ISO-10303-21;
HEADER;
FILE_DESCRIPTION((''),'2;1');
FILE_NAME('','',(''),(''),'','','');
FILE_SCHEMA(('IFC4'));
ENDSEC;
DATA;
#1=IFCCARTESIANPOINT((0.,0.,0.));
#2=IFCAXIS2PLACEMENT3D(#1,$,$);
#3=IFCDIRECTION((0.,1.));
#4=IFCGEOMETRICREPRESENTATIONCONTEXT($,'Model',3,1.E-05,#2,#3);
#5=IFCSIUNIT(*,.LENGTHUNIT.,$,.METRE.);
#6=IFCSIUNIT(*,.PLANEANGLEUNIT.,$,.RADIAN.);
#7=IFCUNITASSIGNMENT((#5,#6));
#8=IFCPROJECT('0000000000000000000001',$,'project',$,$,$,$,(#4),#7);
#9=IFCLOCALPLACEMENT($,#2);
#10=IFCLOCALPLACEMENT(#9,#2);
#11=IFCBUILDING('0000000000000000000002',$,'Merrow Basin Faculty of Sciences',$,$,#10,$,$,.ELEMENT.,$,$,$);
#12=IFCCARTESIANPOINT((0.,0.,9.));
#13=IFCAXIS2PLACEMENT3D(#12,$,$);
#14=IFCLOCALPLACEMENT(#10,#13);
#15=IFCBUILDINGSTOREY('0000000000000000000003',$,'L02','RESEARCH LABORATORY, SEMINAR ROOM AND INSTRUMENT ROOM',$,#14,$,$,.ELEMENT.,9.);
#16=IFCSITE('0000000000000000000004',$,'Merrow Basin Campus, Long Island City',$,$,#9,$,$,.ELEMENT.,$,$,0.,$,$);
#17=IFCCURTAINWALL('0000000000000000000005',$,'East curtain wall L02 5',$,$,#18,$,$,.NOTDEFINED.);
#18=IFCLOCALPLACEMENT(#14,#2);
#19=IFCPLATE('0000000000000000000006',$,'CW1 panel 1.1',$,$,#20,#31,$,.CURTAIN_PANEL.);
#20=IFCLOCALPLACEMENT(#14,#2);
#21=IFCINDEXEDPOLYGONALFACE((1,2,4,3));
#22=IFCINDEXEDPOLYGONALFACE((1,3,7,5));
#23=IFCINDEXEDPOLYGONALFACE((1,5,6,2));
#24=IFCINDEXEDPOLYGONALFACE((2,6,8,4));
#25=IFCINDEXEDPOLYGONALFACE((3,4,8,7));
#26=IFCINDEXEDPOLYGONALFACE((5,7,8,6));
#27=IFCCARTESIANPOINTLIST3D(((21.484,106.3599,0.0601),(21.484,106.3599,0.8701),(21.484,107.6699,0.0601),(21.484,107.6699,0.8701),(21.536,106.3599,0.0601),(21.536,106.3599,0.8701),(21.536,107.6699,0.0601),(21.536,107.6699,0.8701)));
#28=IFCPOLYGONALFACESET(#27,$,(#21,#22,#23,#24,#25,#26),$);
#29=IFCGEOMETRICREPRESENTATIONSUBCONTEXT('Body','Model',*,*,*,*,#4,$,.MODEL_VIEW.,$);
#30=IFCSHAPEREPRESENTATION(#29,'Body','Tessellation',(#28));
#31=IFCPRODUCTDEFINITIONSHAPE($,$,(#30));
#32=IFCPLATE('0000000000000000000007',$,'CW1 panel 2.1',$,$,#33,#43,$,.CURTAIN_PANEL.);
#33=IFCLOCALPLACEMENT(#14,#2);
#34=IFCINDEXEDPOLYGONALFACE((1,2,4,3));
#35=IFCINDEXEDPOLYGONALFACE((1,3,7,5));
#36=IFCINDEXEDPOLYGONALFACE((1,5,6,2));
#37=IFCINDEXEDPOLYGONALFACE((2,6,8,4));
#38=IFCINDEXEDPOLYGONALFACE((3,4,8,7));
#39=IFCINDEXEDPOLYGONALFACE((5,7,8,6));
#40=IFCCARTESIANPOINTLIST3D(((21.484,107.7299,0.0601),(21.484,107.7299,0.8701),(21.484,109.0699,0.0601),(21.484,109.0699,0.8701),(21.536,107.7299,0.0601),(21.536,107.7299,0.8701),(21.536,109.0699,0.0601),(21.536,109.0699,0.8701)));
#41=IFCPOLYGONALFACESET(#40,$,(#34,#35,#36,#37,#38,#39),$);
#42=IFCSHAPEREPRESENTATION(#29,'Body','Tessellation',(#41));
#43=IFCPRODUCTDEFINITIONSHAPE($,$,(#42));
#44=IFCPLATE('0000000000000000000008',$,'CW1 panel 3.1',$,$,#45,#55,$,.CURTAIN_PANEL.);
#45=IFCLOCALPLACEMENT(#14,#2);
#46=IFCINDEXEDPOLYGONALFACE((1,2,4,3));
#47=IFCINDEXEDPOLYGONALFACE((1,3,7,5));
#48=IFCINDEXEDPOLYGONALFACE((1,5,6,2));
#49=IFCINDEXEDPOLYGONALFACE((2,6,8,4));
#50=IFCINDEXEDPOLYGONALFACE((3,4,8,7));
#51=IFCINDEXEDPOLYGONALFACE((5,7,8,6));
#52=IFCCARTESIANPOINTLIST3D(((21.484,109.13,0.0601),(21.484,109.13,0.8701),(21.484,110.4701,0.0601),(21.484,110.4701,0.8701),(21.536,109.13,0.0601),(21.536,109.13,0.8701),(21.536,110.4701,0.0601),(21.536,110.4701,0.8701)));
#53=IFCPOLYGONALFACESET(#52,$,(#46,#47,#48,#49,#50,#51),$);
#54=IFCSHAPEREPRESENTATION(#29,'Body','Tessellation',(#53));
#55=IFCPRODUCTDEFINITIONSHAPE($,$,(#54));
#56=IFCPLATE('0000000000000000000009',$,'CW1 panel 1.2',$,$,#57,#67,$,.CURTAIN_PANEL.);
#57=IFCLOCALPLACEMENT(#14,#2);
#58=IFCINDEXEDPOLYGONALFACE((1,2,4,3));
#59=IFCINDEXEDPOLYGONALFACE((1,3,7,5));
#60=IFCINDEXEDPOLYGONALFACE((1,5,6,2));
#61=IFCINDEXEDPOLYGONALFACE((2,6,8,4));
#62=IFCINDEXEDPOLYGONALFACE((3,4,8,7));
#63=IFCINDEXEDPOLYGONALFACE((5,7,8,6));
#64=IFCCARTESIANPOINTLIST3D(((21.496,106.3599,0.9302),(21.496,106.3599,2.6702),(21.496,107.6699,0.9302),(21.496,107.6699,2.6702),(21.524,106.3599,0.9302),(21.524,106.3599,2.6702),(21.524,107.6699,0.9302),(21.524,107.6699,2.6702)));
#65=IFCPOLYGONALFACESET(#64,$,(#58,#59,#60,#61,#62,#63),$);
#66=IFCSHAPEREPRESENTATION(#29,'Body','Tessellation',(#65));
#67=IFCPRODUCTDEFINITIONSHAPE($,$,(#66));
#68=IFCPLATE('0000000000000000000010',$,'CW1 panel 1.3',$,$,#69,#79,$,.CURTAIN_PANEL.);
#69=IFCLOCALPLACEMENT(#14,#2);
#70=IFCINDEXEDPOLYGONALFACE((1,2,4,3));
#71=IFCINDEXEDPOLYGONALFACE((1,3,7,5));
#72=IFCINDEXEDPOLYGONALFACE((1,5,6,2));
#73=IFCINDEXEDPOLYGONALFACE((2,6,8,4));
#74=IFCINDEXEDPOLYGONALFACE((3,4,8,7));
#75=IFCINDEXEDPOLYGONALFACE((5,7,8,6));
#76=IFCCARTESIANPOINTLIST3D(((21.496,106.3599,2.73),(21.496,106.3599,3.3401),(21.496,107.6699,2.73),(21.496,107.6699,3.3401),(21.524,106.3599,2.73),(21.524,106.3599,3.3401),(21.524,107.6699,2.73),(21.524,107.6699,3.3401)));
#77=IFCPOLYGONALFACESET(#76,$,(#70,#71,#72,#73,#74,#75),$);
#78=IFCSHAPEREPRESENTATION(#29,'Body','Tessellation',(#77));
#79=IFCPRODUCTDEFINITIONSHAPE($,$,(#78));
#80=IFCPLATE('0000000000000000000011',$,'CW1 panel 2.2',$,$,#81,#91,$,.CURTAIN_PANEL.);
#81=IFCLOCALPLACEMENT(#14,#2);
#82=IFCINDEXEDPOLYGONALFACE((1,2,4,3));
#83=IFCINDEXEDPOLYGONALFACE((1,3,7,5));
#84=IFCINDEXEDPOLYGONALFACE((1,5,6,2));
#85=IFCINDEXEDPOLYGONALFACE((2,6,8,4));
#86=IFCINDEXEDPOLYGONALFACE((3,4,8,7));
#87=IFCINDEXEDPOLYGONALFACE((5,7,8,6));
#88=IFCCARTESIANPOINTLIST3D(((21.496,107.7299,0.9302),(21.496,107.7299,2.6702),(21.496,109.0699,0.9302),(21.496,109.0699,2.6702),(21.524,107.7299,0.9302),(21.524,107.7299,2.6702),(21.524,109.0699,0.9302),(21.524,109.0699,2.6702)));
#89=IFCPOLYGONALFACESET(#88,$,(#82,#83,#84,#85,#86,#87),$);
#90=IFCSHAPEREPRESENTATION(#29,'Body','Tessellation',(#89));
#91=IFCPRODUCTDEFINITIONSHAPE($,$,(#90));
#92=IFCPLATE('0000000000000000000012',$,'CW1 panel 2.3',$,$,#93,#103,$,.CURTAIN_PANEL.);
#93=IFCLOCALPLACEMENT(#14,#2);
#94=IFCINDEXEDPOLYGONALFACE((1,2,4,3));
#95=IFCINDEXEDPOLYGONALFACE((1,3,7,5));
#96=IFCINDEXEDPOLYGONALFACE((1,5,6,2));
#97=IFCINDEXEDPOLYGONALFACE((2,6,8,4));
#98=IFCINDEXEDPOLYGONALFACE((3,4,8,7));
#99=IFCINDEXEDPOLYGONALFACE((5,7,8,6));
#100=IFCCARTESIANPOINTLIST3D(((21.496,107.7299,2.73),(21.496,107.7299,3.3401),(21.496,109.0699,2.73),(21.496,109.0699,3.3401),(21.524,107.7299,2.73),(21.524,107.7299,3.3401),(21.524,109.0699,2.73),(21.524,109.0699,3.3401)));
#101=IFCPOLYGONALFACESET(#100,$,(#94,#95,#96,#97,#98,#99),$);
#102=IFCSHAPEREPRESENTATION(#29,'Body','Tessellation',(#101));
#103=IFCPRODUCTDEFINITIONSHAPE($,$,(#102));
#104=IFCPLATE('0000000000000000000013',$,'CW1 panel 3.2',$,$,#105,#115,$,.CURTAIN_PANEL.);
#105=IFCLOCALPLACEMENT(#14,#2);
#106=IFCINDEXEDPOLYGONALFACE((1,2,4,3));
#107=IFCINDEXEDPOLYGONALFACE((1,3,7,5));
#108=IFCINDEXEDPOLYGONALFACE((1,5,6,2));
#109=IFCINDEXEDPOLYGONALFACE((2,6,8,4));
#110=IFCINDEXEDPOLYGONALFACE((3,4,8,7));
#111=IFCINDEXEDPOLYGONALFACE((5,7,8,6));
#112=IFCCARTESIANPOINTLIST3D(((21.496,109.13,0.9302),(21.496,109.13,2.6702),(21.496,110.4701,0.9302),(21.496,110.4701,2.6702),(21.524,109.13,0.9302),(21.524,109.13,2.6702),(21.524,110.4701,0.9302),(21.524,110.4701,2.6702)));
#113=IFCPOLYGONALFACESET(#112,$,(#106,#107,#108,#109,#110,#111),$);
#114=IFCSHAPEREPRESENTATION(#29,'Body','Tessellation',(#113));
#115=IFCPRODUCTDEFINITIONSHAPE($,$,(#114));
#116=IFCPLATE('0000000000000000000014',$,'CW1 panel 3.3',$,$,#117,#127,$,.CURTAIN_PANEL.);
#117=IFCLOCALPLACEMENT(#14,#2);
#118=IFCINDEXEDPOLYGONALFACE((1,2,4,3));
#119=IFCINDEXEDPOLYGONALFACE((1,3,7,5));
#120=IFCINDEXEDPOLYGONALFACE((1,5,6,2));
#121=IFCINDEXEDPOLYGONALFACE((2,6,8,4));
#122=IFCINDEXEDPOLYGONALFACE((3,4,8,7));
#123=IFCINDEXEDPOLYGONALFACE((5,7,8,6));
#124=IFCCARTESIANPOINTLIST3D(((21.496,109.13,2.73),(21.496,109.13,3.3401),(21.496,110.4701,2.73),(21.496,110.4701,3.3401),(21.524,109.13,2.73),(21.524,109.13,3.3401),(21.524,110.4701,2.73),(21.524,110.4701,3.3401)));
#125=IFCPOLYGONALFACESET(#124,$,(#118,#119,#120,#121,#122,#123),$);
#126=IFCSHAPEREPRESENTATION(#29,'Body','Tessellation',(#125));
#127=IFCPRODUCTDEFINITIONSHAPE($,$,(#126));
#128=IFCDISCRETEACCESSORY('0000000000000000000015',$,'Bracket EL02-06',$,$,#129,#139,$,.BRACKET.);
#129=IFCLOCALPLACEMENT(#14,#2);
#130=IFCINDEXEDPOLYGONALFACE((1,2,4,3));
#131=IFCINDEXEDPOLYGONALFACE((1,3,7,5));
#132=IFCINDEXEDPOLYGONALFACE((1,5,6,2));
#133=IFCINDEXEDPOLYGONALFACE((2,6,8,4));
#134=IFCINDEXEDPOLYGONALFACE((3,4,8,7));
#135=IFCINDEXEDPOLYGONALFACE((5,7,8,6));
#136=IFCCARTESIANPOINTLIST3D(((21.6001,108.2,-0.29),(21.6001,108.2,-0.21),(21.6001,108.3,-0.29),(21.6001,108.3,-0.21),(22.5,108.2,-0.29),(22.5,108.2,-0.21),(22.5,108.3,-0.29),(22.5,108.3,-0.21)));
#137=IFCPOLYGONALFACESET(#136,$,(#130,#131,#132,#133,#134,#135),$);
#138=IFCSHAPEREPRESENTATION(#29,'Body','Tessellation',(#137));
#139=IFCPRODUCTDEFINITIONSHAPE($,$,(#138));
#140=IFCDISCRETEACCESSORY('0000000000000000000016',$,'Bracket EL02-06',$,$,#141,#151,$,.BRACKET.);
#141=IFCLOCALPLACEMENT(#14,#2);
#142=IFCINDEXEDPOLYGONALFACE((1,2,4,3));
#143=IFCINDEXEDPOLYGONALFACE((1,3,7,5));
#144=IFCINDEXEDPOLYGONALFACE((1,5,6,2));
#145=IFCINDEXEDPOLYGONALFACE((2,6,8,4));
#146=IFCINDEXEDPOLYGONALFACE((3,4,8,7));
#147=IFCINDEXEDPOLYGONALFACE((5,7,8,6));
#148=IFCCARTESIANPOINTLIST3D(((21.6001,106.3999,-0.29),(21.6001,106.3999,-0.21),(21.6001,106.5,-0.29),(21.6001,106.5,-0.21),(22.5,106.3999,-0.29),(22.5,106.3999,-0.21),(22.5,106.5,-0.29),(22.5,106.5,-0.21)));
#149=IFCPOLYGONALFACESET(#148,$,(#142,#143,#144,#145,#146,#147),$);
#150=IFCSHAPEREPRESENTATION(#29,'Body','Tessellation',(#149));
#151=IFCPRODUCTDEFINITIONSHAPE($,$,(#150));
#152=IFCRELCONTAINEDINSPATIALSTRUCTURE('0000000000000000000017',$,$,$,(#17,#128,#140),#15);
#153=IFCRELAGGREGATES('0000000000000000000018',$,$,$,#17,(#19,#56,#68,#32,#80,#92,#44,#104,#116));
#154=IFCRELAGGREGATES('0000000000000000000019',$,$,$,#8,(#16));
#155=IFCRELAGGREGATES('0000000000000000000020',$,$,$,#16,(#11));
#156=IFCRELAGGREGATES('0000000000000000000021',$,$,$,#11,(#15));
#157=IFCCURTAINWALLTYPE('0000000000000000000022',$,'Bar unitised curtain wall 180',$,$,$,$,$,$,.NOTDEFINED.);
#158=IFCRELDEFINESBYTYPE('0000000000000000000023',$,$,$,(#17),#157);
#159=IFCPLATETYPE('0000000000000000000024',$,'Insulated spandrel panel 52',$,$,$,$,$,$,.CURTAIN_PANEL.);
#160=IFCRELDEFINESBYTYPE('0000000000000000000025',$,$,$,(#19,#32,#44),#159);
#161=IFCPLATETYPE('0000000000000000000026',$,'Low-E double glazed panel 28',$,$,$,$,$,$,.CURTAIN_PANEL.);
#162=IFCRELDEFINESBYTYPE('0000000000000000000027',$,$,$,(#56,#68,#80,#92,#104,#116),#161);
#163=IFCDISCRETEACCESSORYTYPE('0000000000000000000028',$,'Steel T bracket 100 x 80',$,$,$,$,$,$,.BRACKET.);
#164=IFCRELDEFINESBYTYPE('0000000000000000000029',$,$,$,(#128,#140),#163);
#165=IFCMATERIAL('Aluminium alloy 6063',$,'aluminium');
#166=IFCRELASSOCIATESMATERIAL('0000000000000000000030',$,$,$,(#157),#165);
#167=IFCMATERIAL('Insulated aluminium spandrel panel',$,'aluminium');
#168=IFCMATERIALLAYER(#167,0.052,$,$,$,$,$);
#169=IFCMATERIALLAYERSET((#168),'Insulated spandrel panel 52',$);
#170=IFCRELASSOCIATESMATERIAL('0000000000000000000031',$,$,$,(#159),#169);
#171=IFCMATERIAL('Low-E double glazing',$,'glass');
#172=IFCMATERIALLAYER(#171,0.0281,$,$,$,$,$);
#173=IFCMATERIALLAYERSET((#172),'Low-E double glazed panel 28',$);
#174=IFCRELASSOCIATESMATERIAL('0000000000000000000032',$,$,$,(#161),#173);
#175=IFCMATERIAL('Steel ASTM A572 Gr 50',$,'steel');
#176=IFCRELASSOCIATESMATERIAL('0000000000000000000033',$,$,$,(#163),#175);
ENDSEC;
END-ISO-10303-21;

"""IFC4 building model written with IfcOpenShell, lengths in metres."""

from ifc_helpers import new_model, si_unit, direction, frame, origin, origin_2d, place, context, subcontext, project, spatial, polyline, rectangle, outline, extrude, source, transform, mapped, material, layer, layer_set, type_object, element, aggregate, save


model = new_model("IFC4")

# Units and contexts
model_context = context("Model", 3, precision=1e-05, world=origin(), true_north=direction((0.0, 1.0)))
body_context = subcontext(model_context, "Body", "Model", "MODEL_VIEW")
ifc_project = project(units=[si_unit("LENGTHUNIT", "METRE"), si_unit("PLANEANGLEUNIT", "RADIAN")], contexts=[model_context])

# Site, building, storey
site_placement = place(None, origin())
site = spatial("IfcSite", under=ifc_project, at=site_placement, Name="Merrow Basin Campus, Long Island City", CompositionType="ELEMENT", RefElevation=0.0)
building_placement = place(site_placement, origin())
building = spatial("IfcBuilding", under=site, at=building_placement, Name="Merrow Basin Faculty of Sciences", CompositionType="ELEMENT")
storey_placement = place(building_placement, frame((0.0, 0.0, 9.0)))
storey = spatial("IfcBuildingStorey", under=building, at=storey_placement, Name="L02", Description="RESEARCH LABORATORY, SEMINAR ROOM AND INSTRUMENT ROOM", CompositionType="ELEMENT", Elevation=9.0)

# Curtain wall, plates
ifc_material_1 = material(Name="Aluminium alloy 6063", Category="aluminium")
curtain_wall_type = type_object("IfcCurtainWallType", Name="Bar unitised curtain wall 180", PredefinedType="NOTDEFINED", material=ifc_material_1)
curtain_wall_placement = place(storey_placement, origin())
curtain_wall = element("IfcCurtainWall", 1, at=curtain_wall_placement, inside=storey, type_object=curtain_wall_type, Name="East curtain wall L02 5", PredefinedType="NOTDEFINED")
ifc_material_2 = material(Name="Insulated aluminium spandrel panel", Category="aluminium")
ifc_layer_1 = layer(ifc_material_2, 0.052)
ifc_layer_set_1 = layer_set([ifc_layer_1], Name="Insulated spandrel panel 52")
plate_type_1 = type_object("IfcPlateType", Name="Insulated spandrel panel 52", PredefinedType="CURTAIN_PANEL", material=ifc_layer_set_1)
plate_1_placement = place(storey_placement, frame((21.51, 107.0149, 0.0601), z_axis=(0.0, 0.0, 1.0), x_axis=(0.0, 1.0, 0.0)))
plate_1 = element("IfcPlate", 2, at=plate_1_placement, type_object=plate_type_1, Name="CW1 panel 1.1", PredefinedType="CURTAIN_PANEL", context=body_context, shape_type="SweptSolid", body=[
    extrude(rectangle(XDim=1.3101, YDim=0.052, at=origin_2d()), origin(), (0.0, 0.0, 1.0), 0.8101),
])
plate_2_placement = place(storey_placement, frame((21.51, 108.3999, 0.0601), z_axis=(0.0, 0.0, 1.0), x_axis=(0.0, 1.0, 0.0)))
plate_2 = element("IfcPlate", 3, at=plate_2_placement, type_object=plate_type_1, Name="CW1 panel 2.1", PredefinedType="CURTAIN_PANEL", context=body_context, shape_type="SweptSolid", body=[
    extrude(rectangle(XDim=1.3401, YDim=0.052, at=origin_2d()), origin(), (0.0, 0.0, 1.0), 0.8101),
])
plate_3_placement = place(storey_placement, frame((21.51, 109.8, 0.0601), z_axis=(0.0, 0.0, 1.0), x_axis=(0.0, 1.0, 0.0)))
plate_3 = element("IfcPlate", 4, at=plate_3_placement, type_object=plate_type_1, Name="CW1 panel 3.1", PredefinedType="CURTAIN_PANEL", context=body_context, shape_type="SweptSolid", body=[
    extrude(rectangle(XDim=1.3401, YDim=0.052, at=origin_2d()), origin(), (0.0, 0.0, 1.0), 0.8101),
])
ifc_material_3 = material(Name="Low-E double glazing", Category="glass")
ifc_layer_2 = layer(ifc_material_3, 0.0281)
ifc_layer_set_2 = layer_set([ifc_layer_2], Name="Low-E double glazed panel 28")
plate_type_2 = type_object("IfcPlateType", Name="Low-E double glazed panel 28", PredefinedType="CURTAIN_PANEL", material=ifc_layer_set_2)
plate_4_placement = place(storey_placement, frame((21.51, 107.0149, 0.9302), z_axis=(0.0, 0.0, 1.0), x_axis=(0.0, 1.0, 0.0)))
plate_4 = element("IfcPlate", 5, at=plate_4_placement, type_object=plate_type_2, Name="CW1 panel 1.2", PredefinedType="CURTAIN_PANEL", context=body_context, shape_type="SweptSolid", body=[
    extrude(rectangle(XDim=1.3101, YDim=0.0281, at=origin_2d()), origin(), (0.0, 0.0, 1.0), 1.74),
])
plate_5_placement = place(storey_placement, frame((21.51, 107.0149, 2.73), z_axis=(0.0, 0.0, 1.0), x_axis=(0.0, 1.0, 0.0)))
plate_5 = element("IfcPlate", 6, at=plate_5_placement, type_object=plate_type_2, Name="CW1 panel 1.3", PredefinedType="CURTAIN_PANEL", context=body_context, shape_type="SweptSolid", body=[
    extrude(rectangle(XDim=1.3101, YDim=0.0281, at=origin_2d()), origin(), (0.0, 0.0, 1.0), 0.6101),
])
plate_6_placement = place(storey_placement, frame((21.51, 108.3999, 0.9302), z_axis=(0.0, 0.0, 1.0), x_axis=(0.0, 1.0, 0.0)))
plate_6 = element("IfcPlate", 7, at=plate_6_placement, type_object=plate_type_2, Name="CW1 panel 2.2", PredefinedType="CURTAIN_PANEL", context=body_context, shape_type="SweptSolid", body=[
    extrude(rectangle(XDim=1.3401, YDim=0.0281, at=origin_2d()), origin(), (0.0, 0.0, 1.0), 1.74),
])
plate_7_placement = place(storey_placement, frame((21.51, 108.3999, 2.73), z_axis=(0.0, 0.0, 1.0), x_axis=(0.0, 1.0, 0.0)))
plate_7 = element("IfcPlate", 8, at=plate_7_placement, type_object=plate_type_2, Name="CW1 panel 2.3", PredefinedType="CURTAIN_PANEL", context=body_context, shape_type="SweptSolid", body=[
    extrude(rectangle(XDim=1.3401, YDim=0.0281, at=origin_2d()), origin(), (0.0, 0.0, 1.0), 0.6101),
])
plate_8_placement = place(storey_placement, frame((21.51, 109.8, 0.9302), z_axis=(0.0, 0.0, 1.0), x_axis=(0.0, 1.0, 0.0)))
plate_8 = element("IfcPlate", 9, at=plate_8_placement, type_object=plate_type_2, Name="CW1 panel 3.2", PredefinedType="CURTAIN_PANEL", context=body_context, shape_type="SweptSolid", body=[
    extrude(rectangle(XDim=1.3401, YDim=0.0281, at=origin_2d()), origin(), (0.0, 0.0, 1.0), 1.74),
])
plate_9_placement = place(storey_placement, frame((21.51, 109.8, 2.73), z_axis=(0.0, 0.0, 1.0), x_axis=(0.0, 1.0, 0.0)))
plate_9 = element("IfcPlate", 10, at=plate_9_placement, type_object=plate_type_2, Name="CW1 panel 3.3", PredefinedType="CURTAIN_PANEL", context=body_context, shape_type="SweptSolid", body=[
    extrude(rectangle(XDim=1.3401, YDim=0.0281, at=origin_2d()), origin(), (0.0, 0.0, 1.0), 0.6101),
])
aggregate(curtain_wall, [plate_1, plate_4, plate_5, plate_2, plate_6, plate_7, plate_3, plate_8, plate_9])

# Discrete accessories
ifc_material_4 = material(Name="Steel ASTM A572 Gr 50", Category="steel")
discrete_accessory_type = type_object("IfcDiscreteAccessoryType", Name="Steel T bracket 100 x 80", PredefinedType="BRACKET", material=ifc_material_4)
shared_shape = source(origin(), body_context, "Body", "SweptSolid", [
    extrude(outline(polyline([(0.0, 0.0), (0.1001, 0.0), (0.1001, 0.0801), (0.0, 0.0801), (0.0, 0.0)])), origin(), (0.0, 0.0, 1.0), 0.8999),
])
for number, where, z_axis, x_axis, name in (
    (11, (22.5, 108.3, -0.29), (-1.0, 0.0, 0.0), (0.0, -1.0, 0.0), "Bracket EL02-06"),
    (12, (22.5, 106.5, -0.29), (-1.0, 0.0, 0.0), (0.0, -1.0, 0.0), "Bracket EL02-06"),
):
    element("IfcDiscreteAccessory", number, at=place(storey_placement, frame(where, z_axis=z_axis, x_axis=x_axis)), inside=storey, type_object=discrete_accessory_type, Name=name, PredefinedType="BRACKET", context=body_context, shape_type="MappedRepresentation", body=[
        mapped(shared_shape, transform((0.0, 0.0, 0.0), scale=1.0)),
    ])

save(model, "model.ifc")
